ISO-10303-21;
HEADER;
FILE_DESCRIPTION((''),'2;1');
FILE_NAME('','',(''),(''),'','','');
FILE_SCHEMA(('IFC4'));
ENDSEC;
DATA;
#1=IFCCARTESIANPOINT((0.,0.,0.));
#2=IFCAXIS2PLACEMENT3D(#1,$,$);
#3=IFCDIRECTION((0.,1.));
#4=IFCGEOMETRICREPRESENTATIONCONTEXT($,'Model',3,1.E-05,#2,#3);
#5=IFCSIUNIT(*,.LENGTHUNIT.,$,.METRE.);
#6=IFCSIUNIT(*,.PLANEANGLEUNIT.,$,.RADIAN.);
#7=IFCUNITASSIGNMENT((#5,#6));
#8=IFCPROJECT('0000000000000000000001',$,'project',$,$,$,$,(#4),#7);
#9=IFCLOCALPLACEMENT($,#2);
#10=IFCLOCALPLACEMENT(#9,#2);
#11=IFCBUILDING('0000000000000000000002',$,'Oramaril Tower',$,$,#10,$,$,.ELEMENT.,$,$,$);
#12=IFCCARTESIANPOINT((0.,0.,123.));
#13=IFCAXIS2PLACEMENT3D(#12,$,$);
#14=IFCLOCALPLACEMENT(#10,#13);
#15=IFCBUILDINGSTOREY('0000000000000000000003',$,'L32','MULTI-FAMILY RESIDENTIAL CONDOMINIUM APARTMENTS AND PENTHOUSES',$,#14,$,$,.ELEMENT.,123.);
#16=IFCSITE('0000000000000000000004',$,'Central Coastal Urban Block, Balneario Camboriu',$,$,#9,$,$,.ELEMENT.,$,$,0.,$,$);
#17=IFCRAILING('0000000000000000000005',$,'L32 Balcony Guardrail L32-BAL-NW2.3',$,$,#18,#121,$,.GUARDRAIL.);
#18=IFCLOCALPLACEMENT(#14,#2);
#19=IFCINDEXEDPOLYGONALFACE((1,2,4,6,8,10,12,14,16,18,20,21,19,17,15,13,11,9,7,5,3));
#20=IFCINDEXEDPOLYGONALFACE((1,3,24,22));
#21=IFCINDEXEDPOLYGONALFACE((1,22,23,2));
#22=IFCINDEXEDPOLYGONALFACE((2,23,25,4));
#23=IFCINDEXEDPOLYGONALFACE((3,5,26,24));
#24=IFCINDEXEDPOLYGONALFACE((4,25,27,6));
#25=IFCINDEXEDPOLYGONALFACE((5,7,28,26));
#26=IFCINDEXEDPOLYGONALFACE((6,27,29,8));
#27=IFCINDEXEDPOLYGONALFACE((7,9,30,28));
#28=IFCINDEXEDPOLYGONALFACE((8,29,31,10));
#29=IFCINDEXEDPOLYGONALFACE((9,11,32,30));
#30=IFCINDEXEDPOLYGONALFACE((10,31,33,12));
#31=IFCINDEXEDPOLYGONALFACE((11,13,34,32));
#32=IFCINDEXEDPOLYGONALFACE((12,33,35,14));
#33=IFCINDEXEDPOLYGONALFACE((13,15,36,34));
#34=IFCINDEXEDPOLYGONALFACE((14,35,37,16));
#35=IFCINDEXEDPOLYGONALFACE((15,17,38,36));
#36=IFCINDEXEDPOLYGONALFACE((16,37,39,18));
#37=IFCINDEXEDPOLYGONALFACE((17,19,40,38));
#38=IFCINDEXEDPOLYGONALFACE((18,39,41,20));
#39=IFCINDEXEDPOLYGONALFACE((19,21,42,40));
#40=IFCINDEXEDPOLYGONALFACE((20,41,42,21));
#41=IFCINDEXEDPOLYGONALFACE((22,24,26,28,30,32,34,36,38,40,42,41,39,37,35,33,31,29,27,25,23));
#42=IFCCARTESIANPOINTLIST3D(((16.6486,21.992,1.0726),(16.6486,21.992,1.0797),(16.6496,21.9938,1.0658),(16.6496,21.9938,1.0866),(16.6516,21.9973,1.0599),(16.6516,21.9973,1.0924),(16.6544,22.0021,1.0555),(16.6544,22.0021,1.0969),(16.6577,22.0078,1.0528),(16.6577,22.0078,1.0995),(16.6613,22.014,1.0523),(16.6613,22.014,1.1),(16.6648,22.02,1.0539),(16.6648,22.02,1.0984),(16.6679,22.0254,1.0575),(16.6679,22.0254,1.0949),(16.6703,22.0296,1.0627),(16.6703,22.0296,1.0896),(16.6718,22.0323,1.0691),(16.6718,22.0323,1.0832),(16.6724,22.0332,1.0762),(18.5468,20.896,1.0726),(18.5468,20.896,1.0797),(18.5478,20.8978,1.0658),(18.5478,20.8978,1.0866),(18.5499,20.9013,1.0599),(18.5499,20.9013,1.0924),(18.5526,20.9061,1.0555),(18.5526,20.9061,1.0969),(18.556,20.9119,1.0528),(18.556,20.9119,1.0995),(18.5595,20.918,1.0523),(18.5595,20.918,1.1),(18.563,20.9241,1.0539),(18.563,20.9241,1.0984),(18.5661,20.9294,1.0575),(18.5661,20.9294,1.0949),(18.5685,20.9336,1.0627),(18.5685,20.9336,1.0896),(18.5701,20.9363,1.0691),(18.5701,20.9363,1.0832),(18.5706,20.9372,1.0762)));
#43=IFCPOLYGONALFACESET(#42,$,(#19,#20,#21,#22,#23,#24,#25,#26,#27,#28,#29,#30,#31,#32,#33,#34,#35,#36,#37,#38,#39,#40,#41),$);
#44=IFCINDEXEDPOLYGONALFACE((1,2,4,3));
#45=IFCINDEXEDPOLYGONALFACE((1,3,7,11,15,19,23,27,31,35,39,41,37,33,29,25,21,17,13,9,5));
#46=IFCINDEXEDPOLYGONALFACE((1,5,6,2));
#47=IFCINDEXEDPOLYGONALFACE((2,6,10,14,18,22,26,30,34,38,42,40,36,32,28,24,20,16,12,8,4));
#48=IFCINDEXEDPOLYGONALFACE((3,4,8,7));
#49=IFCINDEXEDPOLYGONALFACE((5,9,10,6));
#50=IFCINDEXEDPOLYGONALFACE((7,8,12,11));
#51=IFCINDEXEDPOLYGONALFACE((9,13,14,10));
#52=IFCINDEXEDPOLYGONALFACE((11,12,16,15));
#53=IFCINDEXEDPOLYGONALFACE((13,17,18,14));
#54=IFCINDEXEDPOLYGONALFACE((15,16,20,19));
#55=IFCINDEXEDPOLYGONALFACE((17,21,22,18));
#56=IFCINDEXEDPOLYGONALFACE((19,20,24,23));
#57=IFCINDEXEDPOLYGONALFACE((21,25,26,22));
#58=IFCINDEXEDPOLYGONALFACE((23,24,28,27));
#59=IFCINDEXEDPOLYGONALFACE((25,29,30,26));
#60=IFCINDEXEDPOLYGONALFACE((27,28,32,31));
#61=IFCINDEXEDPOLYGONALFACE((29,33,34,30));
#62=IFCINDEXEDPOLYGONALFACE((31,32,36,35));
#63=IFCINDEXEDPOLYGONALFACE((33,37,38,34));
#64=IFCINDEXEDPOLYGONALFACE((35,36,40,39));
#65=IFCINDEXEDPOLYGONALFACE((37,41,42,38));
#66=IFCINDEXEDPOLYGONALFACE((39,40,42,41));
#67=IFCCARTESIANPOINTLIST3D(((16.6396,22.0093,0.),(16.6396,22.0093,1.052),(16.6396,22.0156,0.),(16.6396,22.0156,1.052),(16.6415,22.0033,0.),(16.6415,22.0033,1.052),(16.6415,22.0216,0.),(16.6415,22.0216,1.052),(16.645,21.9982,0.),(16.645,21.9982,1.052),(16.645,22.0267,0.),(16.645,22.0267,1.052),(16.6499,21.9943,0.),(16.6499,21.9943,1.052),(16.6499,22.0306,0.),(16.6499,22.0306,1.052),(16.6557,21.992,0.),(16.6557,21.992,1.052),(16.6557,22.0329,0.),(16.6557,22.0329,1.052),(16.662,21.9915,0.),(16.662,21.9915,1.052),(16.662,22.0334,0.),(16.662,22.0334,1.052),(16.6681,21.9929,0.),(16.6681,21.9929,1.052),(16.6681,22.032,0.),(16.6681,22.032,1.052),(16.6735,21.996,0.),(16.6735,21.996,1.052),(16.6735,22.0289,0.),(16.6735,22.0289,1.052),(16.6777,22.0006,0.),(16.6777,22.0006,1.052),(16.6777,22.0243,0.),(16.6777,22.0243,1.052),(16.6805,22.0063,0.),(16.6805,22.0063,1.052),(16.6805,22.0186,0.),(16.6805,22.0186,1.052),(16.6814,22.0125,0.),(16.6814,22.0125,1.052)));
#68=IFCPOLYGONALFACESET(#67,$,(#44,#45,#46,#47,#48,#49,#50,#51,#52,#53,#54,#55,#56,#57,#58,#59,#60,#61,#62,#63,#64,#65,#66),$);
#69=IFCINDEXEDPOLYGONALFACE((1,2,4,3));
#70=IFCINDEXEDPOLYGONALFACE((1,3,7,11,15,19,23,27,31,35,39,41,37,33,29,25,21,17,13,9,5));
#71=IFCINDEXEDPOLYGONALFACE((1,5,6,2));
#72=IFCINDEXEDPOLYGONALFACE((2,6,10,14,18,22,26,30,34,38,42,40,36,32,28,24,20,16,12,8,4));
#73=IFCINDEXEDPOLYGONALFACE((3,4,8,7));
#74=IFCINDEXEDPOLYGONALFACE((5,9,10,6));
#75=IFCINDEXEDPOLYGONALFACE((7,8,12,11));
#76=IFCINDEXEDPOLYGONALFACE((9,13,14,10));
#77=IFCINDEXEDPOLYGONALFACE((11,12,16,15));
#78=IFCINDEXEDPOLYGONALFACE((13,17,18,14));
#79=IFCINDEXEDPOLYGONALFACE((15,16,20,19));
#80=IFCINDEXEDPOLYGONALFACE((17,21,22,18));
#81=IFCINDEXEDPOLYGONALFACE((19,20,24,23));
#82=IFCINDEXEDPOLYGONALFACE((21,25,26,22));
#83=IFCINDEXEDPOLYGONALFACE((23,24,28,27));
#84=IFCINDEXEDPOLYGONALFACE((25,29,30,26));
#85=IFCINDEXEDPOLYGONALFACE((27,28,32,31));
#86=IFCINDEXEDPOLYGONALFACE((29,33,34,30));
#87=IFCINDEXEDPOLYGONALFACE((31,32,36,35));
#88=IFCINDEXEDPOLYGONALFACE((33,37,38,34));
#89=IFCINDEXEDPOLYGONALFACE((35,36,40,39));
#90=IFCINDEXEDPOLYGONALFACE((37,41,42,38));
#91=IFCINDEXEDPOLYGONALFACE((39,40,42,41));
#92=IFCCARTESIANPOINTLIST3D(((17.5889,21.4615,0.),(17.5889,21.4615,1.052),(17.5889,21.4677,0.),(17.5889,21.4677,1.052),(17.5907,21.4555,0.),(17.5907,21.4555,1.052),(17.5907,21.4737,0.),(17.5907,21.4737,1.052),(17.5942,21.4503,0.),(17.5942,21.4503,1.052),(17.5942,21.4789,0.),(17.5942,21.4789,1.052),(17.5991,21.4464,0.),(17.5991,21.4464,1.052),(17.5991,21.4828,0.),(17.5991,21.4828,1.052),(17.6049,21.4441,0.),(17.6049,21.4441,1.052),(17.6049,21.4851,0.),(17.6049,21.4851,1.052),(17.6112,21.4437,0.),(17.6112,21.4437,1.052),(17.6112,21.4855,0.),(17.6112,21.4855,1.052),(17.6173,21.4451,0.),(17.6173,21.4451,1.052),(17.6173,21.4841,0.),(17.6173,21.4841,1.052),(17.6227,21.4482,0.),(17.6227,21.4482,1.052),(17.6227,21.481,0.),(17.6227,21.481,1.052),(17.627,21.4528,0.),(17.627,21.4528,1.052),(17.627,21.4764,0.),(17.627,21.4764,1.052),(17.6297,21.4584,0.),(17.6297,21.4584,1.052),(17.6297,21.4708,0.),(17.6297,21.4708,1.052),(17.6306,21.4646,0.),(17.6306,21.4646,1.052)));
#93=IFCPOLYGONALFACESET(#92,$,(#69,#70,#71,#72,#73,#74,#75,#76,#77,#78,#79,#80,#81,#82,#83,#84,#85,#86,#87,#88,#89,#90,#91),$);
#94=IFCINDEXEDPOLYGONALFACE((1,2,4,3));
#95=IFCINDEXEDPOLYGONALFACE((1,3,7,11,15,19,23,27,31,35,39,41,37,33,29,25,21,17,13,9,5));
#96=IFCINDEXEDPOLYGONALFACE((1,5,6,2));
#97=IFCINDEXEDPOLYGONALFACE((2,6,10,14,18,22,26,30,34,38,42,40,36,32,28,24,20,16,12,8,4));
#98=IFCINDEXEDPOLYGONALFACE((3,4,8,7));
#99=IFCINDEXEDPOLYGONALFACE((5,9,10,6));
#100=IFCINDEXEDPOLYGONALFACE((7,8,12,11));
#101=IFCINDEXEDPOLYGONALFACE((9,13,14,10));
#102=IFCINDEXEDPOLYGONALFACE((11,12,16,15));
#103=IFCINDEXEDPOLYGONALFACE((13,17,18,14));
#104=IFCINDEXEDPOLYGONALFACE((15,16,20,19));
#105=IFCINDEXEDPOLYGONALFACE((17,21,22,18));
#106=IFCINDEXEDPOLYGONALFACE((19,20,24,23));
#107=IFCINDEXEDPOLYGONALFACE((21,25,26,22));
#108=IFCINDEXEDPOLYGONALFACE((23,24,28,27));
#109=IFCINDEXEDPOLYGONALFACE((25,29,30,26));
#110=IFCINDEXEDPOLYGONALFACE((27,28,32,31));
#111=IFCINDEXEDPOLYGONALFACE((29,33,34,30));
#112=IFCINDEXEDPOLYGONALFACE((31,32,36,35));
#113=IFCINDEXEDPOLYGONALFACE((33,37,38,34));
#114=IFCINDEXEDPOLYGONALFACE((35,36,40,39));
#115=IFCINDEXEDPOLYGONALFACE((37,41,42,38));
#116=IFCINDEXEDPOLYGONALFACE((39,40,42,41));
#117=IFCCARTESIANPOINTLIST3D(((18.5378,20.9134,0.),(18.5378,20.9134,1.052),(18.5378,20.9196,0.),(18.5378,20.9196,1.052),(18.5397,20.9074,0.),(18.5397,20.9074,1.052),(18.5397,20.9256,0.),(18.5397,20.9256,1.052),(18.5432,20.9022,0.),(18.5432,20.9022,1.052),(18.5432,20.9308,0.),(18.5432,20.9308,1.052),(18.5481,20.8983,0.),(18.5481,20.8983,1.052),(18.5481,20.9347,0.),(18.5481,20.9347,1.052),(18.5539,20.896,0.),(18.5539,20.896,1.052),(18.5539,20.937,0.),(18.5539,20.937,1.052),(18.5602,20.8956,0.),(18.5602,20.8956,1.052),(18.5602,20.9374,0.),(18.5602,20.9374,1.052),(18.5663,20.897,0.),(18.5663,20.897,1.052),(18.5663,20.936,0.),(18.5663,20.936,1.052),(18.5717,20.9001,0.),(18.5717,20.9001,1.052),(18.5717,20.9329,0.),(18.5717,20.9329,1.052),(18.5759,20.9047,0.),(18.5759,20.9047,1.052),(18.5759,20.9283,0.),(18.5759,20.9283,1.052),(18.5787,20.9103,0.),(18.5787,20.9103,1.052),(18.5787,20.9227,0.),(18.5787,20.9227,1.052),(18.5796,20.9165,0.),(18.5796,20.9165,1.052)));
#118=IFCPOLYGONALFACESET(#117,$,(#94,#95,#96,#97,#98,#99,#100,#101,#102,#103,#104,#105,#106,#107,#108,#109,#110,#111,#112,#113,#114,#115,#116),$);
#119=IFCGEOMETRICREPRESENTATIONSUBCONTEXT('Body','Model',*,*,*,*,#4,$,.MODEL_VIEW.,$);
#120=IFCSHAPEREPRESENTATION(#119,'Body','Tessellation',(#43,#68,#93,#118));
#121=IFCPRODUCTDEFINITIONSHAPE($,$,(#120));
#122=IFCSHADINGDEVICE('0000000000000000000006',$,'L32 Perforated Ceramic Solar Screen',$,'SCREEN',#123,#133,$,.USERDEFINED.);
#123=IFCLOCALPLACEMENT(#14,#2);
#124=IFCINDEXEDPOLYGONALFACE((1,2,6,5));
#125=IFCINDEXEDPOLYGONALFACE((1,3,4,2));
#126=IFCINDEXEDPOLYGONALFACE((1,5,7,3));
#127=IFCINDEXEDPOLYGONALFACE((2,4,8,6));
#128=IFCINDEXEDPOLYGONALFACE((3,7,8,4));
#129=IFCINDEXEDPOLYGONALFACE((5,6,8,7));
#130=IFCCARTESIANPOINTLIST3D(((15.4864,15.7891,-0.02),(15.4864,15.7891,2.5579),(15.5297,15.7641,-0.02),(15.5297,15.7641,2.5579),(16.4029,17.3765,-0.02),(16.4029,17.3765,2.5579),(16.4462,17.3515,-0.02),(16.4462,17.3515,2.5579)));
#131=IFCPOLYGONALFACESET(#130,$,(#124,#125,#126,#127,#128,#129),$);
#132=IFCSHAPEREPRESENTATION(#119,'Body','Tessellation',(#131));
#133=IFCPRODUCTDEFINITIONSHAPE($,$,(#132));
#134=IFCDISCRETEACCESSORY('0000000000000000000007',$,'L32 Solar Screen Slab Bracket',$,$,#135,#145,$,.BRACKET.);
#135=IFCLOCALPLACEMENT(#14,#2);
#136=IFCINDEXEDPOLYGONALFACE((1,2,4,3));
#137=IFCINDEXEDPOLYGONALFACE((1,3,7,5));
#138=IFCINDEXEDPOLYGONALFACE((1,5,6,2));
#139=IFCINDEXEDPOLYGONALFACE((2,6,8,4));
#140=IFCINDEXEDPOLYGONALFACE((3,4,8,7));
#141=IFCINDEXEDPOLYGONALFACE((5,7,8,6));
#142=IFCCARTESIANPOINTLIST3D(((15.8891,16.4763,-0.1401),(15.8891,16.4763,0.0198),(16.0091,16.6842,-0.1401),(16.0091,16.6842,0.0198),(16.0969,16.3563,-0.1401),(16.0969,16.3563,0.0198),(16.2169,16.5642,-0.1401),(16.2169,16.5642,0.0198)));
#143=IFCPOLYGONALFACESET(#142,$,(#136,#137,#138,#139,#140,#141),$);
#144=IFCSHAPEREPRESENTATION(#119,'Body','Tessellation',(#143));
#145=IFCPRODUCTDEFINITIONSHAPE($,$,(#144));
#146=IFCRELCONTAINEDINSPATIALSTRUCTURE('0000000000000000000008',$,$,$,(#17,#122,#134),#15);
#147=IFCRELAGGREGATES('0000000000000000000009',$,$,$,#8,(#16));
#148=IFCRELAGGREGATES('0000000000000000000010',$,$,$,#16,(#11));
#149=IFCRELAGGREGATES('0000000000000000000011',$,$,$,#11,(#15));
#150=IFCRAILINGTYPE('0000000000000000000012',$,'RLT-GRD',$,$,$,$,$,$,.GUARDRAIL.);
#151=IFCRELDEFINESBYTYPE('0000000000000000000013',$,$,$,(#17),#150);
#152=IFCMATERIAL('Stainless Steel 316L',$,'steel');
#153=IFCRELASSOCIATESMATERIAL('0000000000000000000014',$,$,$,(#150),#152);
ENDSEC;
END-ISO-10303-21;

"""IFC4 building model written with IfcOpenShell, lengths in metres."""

from ifc_helpers import new_model, si_unit, direction, frame, origin, origin_2d, place, context, subcontext, project, spatial, rectangle, circle, extrude, material, type_object, element, save


model = new_model("IFC4")

# Units and contexts
model_context = context("Model", 3, precision=1e-05, world=origin(), true_north=direction((0.0, 1.0)))
body_context = subcontext(model_context, "Body", "Model", "MODEL_VIEW")
ifc_project = project(units=[si_unit("LENGTHUNIT", "METRE"), si_unit("PLANEANGLEUNIT", "RADIAN")], contexts=[model_context])

# Site, building, storey
site_placement = place(None, origin())
site = spatial("IfcSite", under=ifc_project, at=site_placement, Name="Central Coastal Urban Block, Balneario Camboriu", CompositionType="ELEMENT", RefElevation=0.0)
building_placement = place(site_placement, origin())
building = spatial("IfcBuilding", under=site, at=building_placement, Name="Oramaril Tower", CompositionType="ELEMENT")
storey_placement = place(building_placement, frame((0.0, 0.0, 123.0)))
storey = spatial("IfcBuildingStorey", under=building, at=storey_placement, Name="L32", Description="MULTI-FAMILY RESIDENTIAL CONDOMINIUM APARTMENTS AND PENTHOUSES", CompositionType="ELEMENT", Elevation=123.0)

# Railing
ifc_material_1 = material(Name="Stainless Steel 316L", Category="steel")
railing_type = type_object("IfcRailingType", Name="RLT-GRD", PredefinedType="GUARDRAIL", material=ifc_material_1)
railing_1_placement = place(storey_placement, frame((16.6604, 22.0125, 0.0)))
element("IfcRailing", 1, at=railing_1_placement, inside=storey, type_object=railing_type, Name="L32 Balcony Guardrail L32-BAL-NW2.3", PredefinedType="GUARDRAIL", context=body_context, shape_type="SweptSolid", body=[
    extrude(circle(Radius=0.0239, at=origin_2d()), frame((0.0, 0.0, 1.0762), z_axis=(0.866021, -0.500008, 0.0), x_axis=(0.500008, 0.866021, 0.0)), (0.0, 0.0, 1.0), 2.1919),
    extrude(circle(Radius=0.021, at=origin_2d()), origin(), (0.0, 0.0, 1.0), 1.052),
    extrude(circle(Radius=0.021, at=origin_2d()), frame((0.9492, -0.5479, 0.0)), (0.0, 0.0, 1.0), 1.052),
    extrude(circle(Radius=0.021, at=origin_2d()), frame((1.8982, -1.0959, 0.0)), (0.0, 0.0, 1.0), 1.052),
])

# Shading device
shading_device_placement = place(storey_placement, frame((15.9663, 16.5703, -0.02), z_axis=(0.0, 0.0, 1.0), x_axis=(-0.499998, -0.866026, 0.0)))
element("IfcShadingDevice", 2, at=shading_device_placement, inside=storey, Name="L32 Perforated Ceramic Solar Screen", ObjectType="SCREEN", PredefinedType="USERDEFINED", context=body_context, shape_type="SweptSolid", body=[
    extrude(rectangle(XDim=1.833, YDim=0.05, at=origin_2d()), origin(), (0.0, 0.0, 1.0), 2.5779),
])

# Discrete accessory
discrete_accessory_placement = place(storey_placement, frame((16.053, 16.5203, -0.1401), z_axis=(0.0, 0.0, 1.0), x_axis=(-0.499998, -0.866026, 0.0)))
element("IfcDiscreteAccessory", 3, at=discrete_accessory_placement, inside=storey, Name="L32 Solar Screen Slab Bracket", PredefinedType="BRACKET", context=body_context, shape_type="SweptSolid", body=[
    extrude(rectangle(XDim=0.24, YDim=0.24, at=origin_2d()), origin(), (0.0, 0.0, 1.0), 0.1599),
])

save(model, "model.ifc")
